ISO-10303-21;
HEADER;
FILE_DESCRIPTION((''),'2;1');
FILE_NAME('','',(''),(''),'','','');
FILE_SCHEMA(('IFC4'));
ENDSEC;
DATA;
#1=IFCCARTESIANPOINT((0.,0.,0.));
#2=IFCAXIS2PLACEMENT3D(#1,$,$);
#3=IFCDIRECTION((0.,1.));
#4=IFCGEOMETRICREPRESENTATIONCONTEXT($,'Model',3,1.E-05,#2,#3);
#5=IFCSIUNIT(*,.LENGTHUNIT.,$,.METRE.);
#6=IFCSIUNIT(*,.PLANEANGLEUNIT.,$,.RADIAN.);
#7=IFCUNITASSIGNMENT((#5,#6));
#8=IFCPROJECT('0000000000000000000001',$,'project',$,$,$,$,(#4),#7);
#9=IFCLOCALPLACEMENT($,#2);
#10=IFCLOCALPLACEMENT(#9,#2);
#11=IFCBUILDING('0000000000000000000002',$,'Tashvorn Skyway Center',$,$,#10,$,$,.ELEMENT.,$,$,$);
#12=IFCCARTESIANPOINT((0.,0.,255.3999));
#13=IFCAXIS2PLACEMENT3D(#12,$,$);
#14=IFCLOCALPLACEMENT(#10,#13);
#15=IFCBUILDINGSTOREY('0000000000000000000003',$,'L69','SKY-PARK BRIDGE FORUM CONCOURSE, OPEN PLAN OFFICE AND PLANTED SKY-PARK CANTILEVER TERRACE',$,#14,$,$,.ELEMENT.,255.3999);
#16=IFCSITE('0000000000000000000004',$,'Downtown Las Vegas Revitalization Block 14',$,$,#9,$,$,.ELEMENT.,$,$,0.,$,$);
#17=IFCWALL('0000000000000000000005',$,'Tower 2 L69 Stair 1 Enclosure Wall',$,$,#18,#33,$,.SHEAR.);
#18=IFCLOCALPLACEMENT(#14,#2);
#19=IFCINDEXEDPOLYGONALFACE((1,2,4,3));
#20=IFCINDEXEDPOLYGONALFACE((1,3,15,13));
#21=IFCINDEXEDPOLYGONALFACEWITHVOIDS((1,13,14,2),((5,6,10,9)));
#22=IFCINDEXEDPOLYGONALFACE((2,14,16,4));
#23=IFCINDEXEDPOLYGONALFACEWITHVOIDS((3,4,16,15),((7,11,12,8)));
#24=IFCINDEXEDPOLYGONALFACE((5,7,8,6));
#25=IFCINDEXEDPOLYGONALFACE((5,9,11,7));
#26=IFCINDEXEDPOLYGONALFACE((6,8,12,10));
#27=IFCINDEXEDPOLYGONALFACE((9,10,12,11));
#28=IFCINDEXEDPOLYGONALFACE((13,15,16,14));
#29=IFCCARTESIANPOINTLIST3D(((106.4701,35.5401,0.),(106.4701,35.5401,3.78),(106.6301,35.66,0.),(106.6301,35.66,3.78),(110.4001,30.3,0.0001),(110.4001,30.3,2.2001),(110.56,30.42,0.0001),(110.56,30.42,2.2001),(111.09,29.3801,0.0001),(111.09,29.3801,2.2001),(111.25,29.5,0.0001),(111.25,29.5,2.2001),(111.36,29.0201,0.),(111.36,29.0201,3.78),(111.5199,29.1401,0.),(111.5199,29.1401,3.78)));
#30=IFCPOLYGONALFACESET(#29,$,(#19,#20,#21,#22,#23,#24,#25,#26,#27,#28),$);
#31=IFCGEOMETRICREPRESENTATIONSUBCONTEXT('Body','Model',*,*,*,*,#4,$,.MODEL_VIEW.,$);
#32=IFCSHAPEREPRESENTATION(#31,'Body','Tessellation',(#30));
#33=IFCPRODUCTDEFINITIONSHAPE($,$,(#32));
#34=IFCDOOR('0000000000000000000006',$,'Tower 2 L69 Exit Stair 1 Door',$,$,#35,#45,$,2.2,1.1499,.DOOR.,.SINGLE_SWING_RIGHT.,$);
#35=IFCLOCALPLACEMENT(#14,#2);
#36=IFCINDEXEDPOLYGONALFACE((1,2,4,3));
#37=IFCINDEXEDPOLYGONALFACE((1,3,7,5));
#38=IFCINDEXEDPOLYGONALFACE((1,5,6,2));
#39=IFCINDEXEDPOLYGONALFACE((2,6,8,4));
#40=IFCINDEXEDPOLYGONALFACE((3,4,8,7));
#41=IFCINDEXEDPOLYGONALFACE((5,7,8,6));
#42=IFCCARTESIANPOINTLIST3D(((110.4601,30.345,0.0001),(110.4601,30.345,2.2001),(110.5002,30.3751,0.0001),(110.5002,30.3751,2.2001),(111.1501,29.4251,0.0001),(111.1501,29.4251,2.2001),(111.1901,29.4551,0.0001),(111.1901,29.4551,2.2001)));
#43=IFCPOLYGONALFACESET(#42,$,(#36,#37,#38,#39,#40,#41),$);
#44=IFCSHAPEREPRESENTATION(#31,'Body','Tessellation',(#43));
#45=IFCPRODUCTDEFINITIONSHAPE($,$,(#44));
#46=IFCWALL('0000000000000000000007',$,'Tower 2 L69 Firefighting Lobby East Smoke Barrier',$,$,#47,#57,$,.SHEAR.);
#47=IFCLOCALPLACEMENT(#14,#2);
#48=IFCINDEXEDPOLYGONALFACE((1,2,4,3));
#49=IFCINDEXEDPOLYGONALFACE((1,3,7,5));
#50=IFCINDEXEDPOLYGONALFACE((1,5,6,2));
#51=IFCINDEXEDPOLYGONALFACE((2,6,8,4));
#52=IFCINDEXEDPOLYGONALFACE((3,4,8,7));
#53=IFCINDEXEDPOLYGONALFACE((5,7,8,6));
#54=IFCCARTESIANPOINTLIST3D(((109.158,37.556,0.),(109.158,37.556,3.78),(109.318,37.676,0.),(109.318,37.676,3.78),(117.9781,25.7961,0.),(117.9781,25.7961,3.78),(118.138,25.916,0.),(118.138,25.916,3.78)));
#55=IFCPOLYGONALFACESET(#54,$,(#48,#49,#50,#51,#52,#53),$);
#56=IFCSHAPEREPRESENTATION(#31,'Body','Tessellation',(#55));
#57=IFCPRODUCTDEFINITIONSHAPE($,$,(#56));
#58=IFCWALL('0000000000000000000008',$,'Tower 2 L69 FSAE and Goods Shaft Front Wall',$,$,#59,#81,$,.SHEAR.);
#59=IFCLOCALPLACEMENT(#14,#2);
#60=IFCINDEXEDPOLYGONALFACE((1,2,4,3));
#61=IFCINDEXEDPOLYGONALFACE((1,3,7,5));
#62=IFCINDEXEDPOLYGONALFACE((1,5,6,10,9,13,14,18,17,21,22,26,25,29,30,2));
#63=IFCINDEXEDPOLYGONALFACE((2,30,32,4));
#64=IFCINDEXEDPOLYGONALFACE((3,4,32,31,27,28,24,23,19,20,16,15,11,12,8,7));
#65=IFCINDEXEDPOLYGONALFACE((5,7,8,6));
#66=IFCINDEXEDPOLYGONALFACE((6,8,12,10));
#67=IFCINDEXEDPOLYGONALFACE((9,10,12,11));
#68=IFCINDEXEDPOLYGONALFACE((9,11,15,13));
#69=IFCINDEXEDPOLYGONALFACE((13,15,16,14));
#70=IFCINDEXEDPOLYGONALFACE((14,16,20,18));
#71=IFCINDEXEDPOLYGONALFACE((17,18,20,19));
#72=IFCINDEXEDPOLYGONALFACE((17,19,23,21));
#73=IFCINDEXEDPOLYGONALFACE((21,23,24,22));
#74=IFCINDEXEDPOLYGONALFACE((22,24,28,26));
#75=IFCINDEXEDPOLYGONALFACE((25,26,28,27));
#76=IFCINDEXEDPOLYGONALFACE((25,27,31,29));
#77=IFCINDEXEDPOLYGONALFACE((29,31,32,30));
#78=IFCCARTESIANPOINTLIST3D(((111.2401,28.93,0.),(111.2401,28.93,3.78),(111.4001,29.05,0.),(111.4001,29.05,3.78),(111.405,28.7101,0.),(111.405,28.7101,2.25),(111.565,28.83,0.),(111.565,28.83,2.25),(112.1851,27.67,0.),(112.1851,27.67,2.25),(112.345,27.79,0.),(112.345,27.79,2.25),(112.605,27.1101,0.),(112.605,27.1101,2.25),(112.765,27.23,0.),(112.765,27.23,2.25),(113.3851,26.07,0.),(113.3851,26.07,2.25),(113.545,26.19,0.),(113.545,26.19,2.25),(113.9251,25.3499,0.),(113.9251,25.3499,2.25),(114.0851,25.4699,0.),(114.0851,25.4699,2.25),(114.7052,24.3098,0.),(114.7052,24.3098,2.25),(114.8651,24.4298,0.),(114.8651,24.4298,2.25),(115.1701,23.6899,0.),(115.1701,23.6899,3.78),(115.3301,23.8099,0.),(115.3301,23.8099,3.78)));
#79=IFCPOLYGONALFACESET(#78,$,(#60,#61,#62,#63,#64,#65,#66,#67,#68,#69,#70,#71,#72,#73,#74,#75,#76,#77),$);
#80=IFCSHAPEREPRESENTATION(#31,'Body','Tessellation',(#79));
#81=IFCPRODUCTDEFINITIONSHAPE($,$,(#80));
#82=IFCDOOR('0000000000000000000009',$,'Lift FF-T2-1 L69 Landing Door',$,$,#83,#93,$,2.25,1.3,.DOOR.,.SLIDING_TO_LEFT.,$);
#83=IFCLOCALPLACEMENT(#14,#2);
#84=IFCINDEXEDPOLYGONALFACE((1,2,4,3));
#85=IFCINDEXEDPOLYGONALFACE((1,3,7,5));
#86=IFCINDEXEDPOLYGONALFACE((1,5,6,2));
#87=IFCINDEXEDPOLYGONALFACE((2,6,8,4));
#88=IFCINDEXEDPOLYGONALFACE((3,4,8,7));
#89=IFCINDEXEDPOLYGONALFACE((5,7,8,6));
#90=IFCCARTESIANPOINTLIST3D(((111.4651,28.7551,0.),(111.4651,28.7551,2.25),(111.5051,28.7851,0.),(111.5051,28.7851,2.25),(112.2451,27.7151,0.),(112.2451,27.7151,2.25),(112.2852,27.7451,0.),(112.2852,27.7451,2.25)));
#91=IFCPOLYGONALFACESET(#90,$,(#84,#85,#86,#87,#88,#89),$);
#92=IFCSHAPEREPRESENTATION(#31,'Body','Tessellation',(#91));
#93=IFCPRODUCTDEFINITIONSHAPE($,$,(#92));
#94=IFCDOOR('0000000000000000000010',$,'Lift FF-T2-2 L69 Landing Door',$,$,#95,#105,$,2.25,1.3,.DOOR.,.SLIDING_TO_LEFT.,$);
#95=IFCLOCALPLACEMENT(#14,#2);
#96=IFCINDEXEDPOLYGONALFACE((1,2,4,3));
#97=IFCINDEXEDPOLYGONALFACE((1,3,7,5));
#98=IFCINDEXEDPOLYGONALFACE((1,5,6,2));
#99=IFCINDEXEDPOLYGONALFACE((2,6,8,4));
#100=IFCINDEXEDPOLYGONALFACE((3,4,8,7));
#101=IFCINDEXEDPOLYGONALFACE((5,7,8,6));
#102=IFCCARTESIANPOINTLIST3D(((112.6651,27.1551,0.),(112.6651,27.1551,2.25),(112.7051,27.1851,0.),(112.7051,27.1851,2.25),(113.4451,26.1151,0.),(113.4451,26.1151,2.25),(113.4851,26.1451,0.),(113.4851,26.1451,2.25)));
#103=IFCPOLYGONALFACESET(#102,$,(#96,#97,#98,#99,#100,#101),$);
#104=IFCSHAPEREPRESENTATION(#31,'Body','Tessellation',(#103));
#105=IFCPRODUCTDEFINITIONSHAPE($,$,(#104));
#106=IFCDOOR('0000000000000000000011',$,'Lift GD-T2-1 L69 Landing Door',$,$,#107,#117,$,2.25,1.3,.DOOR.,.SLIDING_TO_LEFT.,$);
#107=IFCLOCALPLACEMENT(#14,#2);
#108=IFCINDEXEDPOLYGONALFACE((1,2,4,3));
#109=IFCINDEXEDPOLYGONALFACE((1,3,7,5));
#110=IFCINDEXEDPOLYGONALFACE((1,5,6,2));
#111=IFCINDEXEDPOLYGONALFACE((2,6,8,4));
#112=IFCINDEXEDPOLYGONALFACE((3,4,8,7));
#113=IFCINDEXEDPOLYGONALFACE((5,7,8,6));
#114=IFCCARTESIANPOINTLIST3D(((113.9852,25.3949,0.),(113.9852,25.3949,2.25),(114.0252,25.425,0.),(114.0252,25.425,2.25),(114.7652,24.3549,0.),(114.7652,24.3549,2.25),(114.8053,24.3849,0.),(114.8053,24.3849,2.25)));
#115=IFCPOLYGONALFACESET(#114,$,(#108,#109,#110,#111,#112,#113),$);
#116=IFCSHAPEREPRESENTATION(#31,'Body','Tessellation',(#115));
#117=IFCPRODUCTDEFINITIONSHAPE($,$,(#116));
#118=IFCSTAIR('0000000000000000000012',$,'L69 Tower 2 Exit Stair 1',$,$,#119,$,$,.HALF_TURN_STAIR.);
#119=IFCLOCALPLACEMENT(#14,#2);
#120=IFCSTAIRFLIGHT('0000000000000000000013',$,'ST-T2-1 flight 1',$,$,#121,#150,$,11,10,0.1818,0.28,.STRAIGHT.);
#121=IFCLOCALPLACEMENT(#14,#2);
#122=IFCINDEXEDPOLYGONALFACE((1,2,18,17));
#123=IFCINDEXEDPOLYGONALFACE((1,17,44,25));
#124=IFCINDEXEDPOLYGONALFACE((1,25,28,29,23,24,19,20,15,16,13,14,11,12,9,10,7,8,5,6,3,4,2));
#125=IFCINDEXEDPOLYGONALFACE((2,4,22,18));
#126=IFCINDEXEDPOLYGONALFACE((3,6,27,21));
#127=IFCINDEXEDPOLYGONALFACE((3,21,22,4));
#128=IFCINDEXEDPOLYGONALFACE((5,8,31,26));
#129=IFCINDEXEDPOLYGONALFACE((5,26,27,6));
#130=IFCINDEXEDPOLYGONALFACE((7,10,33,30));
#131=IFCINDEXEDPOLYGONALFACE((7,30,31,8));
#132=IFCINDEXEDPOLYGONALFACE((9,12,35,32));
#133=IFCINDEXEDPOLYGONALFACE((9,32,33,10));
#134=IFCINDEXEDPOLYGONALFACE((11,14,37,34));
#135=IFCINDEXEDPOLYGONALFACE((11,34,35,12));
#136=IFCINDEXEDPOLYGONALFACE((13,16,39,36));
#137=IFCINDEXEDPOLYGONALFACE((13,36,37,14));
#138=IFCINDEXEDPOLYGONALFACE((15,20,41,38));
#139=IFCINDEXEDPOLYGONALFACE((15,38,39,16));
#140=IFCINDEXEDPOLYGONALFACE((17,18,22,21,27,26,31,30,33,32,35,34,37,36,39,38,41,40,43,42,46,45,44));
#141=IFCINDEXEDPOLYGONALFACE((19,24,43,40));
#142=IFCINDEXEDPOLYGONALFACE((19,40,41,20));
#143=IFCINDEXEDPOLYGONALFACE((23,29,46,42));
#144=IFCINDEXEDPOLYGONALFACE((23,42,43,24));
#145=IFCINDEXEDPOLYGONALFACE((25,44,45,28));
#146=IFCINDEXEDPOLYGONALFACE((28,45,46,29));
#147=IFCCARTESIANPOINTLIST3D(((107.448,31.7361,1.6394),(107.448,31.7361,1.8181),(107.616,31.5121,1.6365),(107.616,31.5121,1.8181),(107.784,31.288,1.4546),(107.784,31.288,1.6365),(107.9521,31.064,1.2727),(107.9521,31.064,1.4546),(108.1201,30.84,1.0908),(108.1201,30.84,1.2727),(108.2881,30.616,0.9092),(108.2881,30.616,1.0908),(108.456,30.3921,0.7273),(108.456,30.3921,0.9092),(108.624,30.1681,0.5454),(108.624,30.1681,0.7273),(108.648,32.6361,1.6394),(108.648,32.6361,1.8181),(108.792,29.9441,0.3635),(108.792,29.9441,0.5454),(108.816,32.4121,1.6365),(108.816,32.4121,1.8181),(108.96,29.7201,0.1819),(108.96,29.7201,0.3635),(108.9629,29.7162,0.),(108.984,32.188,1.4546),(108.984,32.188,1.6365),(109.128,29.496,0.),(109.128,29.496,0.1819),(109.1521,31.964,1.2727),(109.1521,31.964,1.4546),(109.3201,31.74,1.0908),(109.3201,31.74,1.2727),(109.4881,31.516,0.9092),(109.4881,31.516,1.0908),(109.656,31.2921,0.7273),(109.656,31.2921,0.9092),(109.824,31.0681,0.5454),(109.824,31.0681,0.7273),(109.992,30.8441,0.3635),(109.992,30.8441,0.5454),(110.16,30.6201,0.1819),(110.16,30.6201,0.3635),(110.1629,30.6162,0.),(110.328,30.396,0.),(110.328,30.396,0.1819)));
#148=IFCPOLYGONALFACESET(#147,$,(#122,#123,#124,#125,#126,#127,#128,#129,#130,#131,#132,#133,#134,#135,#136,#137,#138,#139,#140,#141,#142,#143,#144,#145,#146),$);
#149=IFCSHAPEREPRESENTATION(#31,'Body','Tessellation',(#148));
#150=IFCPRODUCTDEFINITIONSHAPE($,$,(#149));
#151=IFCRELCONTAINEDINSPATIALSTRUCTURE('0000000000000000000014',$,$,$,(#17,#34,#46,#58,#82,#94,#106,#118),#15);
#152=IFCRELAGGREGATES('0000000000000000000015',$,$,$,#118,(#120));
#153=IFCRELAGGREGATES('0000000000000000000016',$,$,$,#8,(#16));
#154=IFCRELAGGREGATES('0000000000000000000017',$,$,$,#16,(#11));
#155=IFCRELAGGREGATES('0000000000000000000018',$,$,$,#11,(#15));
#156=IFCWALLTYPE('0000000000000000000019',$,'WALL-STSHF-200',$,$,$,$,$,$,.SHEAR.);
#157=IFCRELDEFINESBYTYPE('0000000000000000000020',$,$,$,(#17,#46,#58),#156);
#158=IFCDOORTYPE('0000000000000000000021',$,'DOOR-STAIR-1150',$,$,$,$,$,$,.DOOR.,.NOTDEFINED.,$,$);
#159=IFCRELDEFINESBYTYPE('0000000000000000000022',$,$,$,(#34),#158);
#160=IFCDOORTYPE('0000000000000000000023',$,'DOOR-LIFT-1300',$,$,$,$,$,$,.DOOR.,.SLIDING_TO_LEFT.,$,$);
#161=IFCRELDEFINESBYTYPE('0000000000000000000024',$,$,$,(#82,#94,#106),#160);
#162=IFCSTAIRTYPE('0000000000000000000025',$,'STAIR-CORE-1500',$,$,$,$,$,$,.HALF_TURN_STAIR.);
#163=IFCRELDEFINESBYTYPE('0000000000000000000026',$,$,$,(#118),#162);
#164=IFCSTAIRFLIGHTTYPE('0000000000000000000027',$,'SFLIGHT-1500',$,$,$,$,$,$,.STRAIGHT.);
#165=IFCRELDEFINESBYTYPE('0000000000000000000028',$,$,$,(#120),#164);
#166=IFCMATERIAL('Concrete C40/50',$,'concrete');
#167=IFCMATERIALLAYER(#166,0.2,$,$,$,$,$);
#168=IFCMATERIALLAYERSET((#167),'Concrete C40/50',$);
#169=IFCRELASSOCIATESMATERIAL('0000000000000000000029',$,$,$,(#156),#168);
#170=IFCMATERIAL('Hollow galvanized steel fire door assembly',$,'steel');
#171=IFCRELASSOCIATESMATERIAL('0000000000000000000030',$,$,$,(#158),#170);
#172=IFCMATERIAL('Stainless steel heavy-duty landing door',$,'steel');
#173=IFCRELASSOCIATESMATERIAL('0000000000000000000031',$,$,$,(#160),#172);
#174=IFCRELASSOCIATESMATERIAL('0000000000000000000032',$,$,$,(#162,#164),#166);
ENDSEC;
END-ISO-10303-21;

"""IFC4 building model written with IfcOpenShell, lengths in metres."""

from ifc_helpers import new_model, si_unit, direction, frame, frame_2d, origin, place, context, subcontext, project, spatial, polyline, rectangle, outline, extrude, material, layer, layer_set, type_object, element, fill, aggregate, save


model = new_model("IFC4")

# Units and contexts
model_context = context("Model", 3, precision=1e-05, world=origin(), true_north=direction((0.0, 1.0)))
body_context = subcontext(model_context, "Body", "Model", "MODEL_VIEW")
ifc_project = project(units=[si_unit("LENGTHUNIT", "METRE"), si_unit("PLANEANGLEUNIT", "RADIAN")], contexts=[model_context])

# Site, building, storey
site_placement = place(None, origin())
site = spatial("IfcSite", under=ifc_project, at=site_placement, Name="Downtown Las Vegas Revitalization Block 14", CompositionType="ELEMENT", RefElevation=0.0)
building_placement = place(site_placement, origin())
building = spatial("IfcBuilding", under=site, at=building_placement, Name="Tashvorn Skyway Center", CompositionType="ELEMENT")
storey_placement = place(building_placement, frame((0.0, 0.0, 255.3999)))
storey = spatial("IfcBuildingStorey", under=building, at=storey_placement, Name="L69", Description="SKY-PARK BRIDGE FORUM CONCOURSE, OPEN PLAN OFFICE AND PLANTED SKY-PARK CANTILEVER TERRACE", CompositionType="ELEMENT", Elevation=255.3999)

# Shared definitions
ifc_material_1 = material(Name="Concrete C40/50", Category="concrete")

# Shared definitions
ifc_material_2 = material(Name="Hollow galvanized steel fire door assembly", Category="steel")

# Wall, opening, door
ifc_layer_1 = layer(ifc_material_1, 0.2)
ifc_layer_set_1 = layer_set([ifc_layer_1], Name="Concrete C40/50")
wall_type_1 = type_object("IfcWallType", Name="WALL-STSHF-200", PredefinedType="SHEAR", material=ifc_layer_set_1)
wall_1_placement = place(storey_placement, frame((111.4399, 29.0801, 0.0), z_axis=(0.0, 0.0, 1.0), x_axis=(-0.59999, 0.800007, 0.0)))
wall_1 = element("IfcWall", 1, at=wall_1_placement, inside=storey, type_object=wall_type_1, Name="Tower 2 L69 Stair 1 Enclosure Wall", PredefinedType="SHEAR", context=body_context, shape_type="SweptSolid", body=[
    extrude(rectangle(XDim=8.1499, YDim=0.2, at=frame_2d((4.075, 0.0))), origin(), (0.0, 0.0, 1.0), 3.78),
])
opening_1_placement = place(wall_1_placement, frame((0.45, 0.0, 0.0)))
opening_1 = element("IfcOpeningElement", 2, at=opening_1_placement, cuts=wall_1, PredefinedType="OPENING", context=body_context, shape_type="SweptSolid", body=[
    extrude(rectangle(XDim=1.1499, YDim=2.2, at=frame_2d((0.575, 1.1001))), frame((0.0, 0.1099, 0.0), z_axis=(0.0, -1.0, 0.0), x_axis=(1.0, 0.0, 0.0)), (0.0, 0.0, 1.0), 0.22),
])
door_type_1 = type_object("IfcDoorType", Name="DOOR-STAIR-1150", OperationType="NOTDEFINED", PredefinedType="DOOR", material=ifc_material_2)
door_1_placement = place(opening_1_placement, origin())
door_1 = element("IfcDoor", 3, at=door_1_placement, inside=storey, type_object=door_type_1, Name="Tower 2 L69 Exit Stair 1 Door", OperationType="SINGLE_SWING_RIGHT", OverallHeight=2.2, OverallWidth=1.1499, PredefinedType="DOOR", context=body_context, shape_type="SweptSolid", body=[
    extrude(rectangle(XDim=1.1499, YDim=2.2, at=frame_2d((0.575, 1.1001))), frame((0.0, 0.0249, 0.0), z_axis=(0.0, -1.0, 0.0), x_axis=(1.0, 0.0, 0.0)), (0.0, 0.0, 1.0), 0.05),
])
fill(opening_1, door_1)

# Wall
wall_2_placement = place(storey_placement, frame((118.0581, 25.856, 0.0), z_axis=(0.0, 0.0, 1.0), x_axis=(-0.600003, 0.799998, 0.0)))
element("IfcWall", 4, at=wall_2_placement, inside=storey, type_object=wall_type_1, Name="Tower 2 L69 Firefighting Lobby East Smoke Barrier", PredefinedType="SHEAR", context=body_context, shape_type="SweptSolid", body=[
    extrude(rectangle(XDim=14.7, YDim=0.2, at=frame_2d((7.3501, 0.0))), origin(), (0.0, 0.0, 1.0), 3.78),
])

# Wall, openings, doors
wall_3_placement = place(storey_placement, frame((115.25, 23.75, 0.0), z_axis=(0.0, 0.0, 1.0), x_axis=(-0.599994, 0.800004, 0.0)))
wall_3 = element("IfcWall", 5, at=wall_3_placement, inside=storey, type_object=wall_type_1, Name="Tower 2 L69 FSAE and Goods Shaft Front Wall", PredefinedType="SHEAR", context=body_context, shape_type="SweptSolid", body=[
    extrude(rectangle(XDim=6.55, YDim=0.2, at=frame_2d((3.2749, 0.0))), origin(), (0.0, 0.0, 1.0), 3.78),
])
opening_2_placement = place(wall_3_placement, frame((4.9751, 0.0, 0.0)))
opening_2 = element("IfcOpeningElement", 6, at=opening_2_placement, cuts=wall_3, PredefinedType="OPENING", context=body_context, shape_type="SweptSolid", body=[
    extrude(rectangle(XDim=1.3, YDim=2.25, at=frame_2d((0.6499, 1.125))), frame((0.0, 0.1099, 0.0), z_axis=(0.0, -1.0, 0.0), x_axis=(1.0, 0.0, 0.0)), (0.0, 0.0, 1.0), 0.22),
])
opening_3_placement = place(wall_3_placement, frame((2.9751, 0.0, 0.0)))
opening_3 = element("IfcOpeningElement", 7, at=opening_3_placement, cuts=wall_3, PredefinedType="OPENING", context=body_context, shape_type="SweptSolid", body=[
    extrude(rectangle(XDim=1.3, YDim=2.25, at=frame_2d((0.6499, 1.125))), frame((0.0, 0.1099, 0.0), z_axis=(0.0, -1.0, 0.0), x_axis=(1.0, 0.0, 0.0)), (0.0, 0.0, 1.0), 0.22),
])
opening_4_placement = place(wall_3_placement, frame((0.7749, 0.0, 0.0)))
opening_4 = element("IfcOpeningElement", 8, at=opening_4_placement, cuts=wall_3, PredefinedType="OPENING", context=body_context, shape_type="SweptSolid", body=[
    extrude(rectangle(XDim=1.3, YDim=2.25, at=frame_2d((0.6499, 1.125))), frame((0.0, 0.1099, 0.0), z_axis=(0.0, -1.0, 0.0), x_axis=(1.0, 0.0, 0.0)), (0.0, 0.0, 1.0), 0.22),
])
ifc_material_3 = material(Name="Stainless steel heavy-duty landing door", Category="steel")
door_type_2 = type_object("IfcDoorType", Name="DOOR-LIFT-1300", OperationType="SLIDING_TO_LEFT", PredefinedType="DOOR", material=ifc_material_3)
door_2_placement = place(opening_2_placement, origin())
door_2 = element("IfcDoor", 9, at=door_2_placement, inside=storey, type_object=door_type_2, Name="Lift FF-T2-1 L69 Landing Door", OperationType="SLIDING_TO_LEFT", OverallHeight=2.25, OverallWidth=1.3, PredefinedType="DOOR", context=body_context, shape_type="SweptSolid", body=[
    extrude(rectangle(XDim=1.3, YDim=2.25, at=frame_2d((0.6499, 1.125))), frame((0.0, 0.0249, 0.0), z_axis=(0.0, -1.0, 0.0), x_axis=(1.0, 0.0, 0.0)), (0.0, 0.0, 1.0), 0.05),
])
fill(opening_2, door_2)
door_3_placement = place(opening_3_placement, origin())
door_3 = element("IfcDoor", 10, at=door_3_placement, inside=storey, type_object=door_type_2, Name="Lift FF-T2-2 L69 Landing Door", OperationType="SLIDING_TO_LEFT", OverallHeight=2.25, OverallWidth=1.3, PredefinedType="DOOR", context=body_context, shape_type="SweptSolid", body=[
    extrude(rectangle(XDim=1.3, YDim=2.25, at=frame_2d((0.6499, 1.125))), frame((0.0, 0.0249, 0.0), z_axis=(0.0, -1.0, 0.0), x_axis=(1.0, 0.0, 0.0)), (0.0, 0.0, 1.0), 0.05),
])
fill(opening_3, door_3)
door_4_placement = place(opening_4_placement, origin())
door_4 = element("IfcDoor", 11, at=door_4_placement, inside=storey, type_object=door_type_2, Name="Lift GD-T2-1 L69 Landing Door", OperationType="SLIDING_TO_LEFT", OverallHeight=2.25, OverallWidth=1.3, PredefinedType="DOOR", context=body_context, shape_type="SweptSolid", body=[
    extrude(rectangle(XDim=1.3, YDim=2.25, at=frame_2d((0.6499, 1.125))), frame((0.0, 0.0249, 0.0), z_axis=(0.0, -1.0, 0.0), x_axis=(1.0, 0.0, 0.0)), (0.0, 0.0, 1.0), 0.05),
])
fill(opening_4, door_4)

# Stair, stair flight
stair_type = type_object("IfcStairType", Name="STAIR-CORE-1500", PredefinedType="HALF_TURN_STAIR", material=ifc_material_1)
stair_placement = place(storey_placement, origin())
stair = element("IfcStair", 12, at=stair_placement, inside=storey, type_object=stair_type, Name="L69 Tower 2 Exit Stair 1", PredefinedType="HALF_TURN_STAIR")
stair_flight_type = type_object("IfcStairFlightType", Name="SFLIGHT-1500", PredefinedType="STRAIGHT", material=ifc_material_1)
stair_flight_placement = place(storey_placement, frame((109.728, 29.946, 0.0), z_axis=(0.0, 0.0, 1.0), x_axis=(-0.6, 0.8, 0.0)))
stair_flight = element("IfcStairFlight", 13, at=stair_flight_placement, type_object=stair_flight_type, Name="ST-T2-1 flight 1", NumberOfRisers=11, NumberOfTreads=10, PredefinedType="STRAIGHT", RiserHeight=0.1818, TreadLength=0.28, context=body_context, shape_type="SweptSolid", body=[
    extrude(outline(polyline([(0.0, 0.0), (0.0, 0.1819), (0.28, 0.1819), (0.28, 0.3635), (0.5601, 0.3635), (0.5601, 0.5454), (0.8401, 0.5454), (0.8401, 0.7273), (1.1201, 0.7273), (1.1201, 0.9092), (1.3999, 0.9092), (1.3999, 1.0908), (1.6799, 1.0908), (1.6799, 1.2727), (1.96, 1.2727), (1.96, 1.4546), (2.24, 1.4546), (2.24, 1.6365), (2.52, 1.6365), (2.52, 1.8181), (2.8, 1.8181), (2.8, 2.0), (2.8, 1.6394), (0.2751, 0.0), (0.0, 0.0)])), frame((0.0, 0.75, 0.0), z_axis=(0.0, -1.0, 0.0), x_axis=(1.0, 0.0, 0.0)), (0.0, 0.0, 1.0), 1.5),
])
aggregate(stair, [stair_flight])

save(model, "model.ifc")
